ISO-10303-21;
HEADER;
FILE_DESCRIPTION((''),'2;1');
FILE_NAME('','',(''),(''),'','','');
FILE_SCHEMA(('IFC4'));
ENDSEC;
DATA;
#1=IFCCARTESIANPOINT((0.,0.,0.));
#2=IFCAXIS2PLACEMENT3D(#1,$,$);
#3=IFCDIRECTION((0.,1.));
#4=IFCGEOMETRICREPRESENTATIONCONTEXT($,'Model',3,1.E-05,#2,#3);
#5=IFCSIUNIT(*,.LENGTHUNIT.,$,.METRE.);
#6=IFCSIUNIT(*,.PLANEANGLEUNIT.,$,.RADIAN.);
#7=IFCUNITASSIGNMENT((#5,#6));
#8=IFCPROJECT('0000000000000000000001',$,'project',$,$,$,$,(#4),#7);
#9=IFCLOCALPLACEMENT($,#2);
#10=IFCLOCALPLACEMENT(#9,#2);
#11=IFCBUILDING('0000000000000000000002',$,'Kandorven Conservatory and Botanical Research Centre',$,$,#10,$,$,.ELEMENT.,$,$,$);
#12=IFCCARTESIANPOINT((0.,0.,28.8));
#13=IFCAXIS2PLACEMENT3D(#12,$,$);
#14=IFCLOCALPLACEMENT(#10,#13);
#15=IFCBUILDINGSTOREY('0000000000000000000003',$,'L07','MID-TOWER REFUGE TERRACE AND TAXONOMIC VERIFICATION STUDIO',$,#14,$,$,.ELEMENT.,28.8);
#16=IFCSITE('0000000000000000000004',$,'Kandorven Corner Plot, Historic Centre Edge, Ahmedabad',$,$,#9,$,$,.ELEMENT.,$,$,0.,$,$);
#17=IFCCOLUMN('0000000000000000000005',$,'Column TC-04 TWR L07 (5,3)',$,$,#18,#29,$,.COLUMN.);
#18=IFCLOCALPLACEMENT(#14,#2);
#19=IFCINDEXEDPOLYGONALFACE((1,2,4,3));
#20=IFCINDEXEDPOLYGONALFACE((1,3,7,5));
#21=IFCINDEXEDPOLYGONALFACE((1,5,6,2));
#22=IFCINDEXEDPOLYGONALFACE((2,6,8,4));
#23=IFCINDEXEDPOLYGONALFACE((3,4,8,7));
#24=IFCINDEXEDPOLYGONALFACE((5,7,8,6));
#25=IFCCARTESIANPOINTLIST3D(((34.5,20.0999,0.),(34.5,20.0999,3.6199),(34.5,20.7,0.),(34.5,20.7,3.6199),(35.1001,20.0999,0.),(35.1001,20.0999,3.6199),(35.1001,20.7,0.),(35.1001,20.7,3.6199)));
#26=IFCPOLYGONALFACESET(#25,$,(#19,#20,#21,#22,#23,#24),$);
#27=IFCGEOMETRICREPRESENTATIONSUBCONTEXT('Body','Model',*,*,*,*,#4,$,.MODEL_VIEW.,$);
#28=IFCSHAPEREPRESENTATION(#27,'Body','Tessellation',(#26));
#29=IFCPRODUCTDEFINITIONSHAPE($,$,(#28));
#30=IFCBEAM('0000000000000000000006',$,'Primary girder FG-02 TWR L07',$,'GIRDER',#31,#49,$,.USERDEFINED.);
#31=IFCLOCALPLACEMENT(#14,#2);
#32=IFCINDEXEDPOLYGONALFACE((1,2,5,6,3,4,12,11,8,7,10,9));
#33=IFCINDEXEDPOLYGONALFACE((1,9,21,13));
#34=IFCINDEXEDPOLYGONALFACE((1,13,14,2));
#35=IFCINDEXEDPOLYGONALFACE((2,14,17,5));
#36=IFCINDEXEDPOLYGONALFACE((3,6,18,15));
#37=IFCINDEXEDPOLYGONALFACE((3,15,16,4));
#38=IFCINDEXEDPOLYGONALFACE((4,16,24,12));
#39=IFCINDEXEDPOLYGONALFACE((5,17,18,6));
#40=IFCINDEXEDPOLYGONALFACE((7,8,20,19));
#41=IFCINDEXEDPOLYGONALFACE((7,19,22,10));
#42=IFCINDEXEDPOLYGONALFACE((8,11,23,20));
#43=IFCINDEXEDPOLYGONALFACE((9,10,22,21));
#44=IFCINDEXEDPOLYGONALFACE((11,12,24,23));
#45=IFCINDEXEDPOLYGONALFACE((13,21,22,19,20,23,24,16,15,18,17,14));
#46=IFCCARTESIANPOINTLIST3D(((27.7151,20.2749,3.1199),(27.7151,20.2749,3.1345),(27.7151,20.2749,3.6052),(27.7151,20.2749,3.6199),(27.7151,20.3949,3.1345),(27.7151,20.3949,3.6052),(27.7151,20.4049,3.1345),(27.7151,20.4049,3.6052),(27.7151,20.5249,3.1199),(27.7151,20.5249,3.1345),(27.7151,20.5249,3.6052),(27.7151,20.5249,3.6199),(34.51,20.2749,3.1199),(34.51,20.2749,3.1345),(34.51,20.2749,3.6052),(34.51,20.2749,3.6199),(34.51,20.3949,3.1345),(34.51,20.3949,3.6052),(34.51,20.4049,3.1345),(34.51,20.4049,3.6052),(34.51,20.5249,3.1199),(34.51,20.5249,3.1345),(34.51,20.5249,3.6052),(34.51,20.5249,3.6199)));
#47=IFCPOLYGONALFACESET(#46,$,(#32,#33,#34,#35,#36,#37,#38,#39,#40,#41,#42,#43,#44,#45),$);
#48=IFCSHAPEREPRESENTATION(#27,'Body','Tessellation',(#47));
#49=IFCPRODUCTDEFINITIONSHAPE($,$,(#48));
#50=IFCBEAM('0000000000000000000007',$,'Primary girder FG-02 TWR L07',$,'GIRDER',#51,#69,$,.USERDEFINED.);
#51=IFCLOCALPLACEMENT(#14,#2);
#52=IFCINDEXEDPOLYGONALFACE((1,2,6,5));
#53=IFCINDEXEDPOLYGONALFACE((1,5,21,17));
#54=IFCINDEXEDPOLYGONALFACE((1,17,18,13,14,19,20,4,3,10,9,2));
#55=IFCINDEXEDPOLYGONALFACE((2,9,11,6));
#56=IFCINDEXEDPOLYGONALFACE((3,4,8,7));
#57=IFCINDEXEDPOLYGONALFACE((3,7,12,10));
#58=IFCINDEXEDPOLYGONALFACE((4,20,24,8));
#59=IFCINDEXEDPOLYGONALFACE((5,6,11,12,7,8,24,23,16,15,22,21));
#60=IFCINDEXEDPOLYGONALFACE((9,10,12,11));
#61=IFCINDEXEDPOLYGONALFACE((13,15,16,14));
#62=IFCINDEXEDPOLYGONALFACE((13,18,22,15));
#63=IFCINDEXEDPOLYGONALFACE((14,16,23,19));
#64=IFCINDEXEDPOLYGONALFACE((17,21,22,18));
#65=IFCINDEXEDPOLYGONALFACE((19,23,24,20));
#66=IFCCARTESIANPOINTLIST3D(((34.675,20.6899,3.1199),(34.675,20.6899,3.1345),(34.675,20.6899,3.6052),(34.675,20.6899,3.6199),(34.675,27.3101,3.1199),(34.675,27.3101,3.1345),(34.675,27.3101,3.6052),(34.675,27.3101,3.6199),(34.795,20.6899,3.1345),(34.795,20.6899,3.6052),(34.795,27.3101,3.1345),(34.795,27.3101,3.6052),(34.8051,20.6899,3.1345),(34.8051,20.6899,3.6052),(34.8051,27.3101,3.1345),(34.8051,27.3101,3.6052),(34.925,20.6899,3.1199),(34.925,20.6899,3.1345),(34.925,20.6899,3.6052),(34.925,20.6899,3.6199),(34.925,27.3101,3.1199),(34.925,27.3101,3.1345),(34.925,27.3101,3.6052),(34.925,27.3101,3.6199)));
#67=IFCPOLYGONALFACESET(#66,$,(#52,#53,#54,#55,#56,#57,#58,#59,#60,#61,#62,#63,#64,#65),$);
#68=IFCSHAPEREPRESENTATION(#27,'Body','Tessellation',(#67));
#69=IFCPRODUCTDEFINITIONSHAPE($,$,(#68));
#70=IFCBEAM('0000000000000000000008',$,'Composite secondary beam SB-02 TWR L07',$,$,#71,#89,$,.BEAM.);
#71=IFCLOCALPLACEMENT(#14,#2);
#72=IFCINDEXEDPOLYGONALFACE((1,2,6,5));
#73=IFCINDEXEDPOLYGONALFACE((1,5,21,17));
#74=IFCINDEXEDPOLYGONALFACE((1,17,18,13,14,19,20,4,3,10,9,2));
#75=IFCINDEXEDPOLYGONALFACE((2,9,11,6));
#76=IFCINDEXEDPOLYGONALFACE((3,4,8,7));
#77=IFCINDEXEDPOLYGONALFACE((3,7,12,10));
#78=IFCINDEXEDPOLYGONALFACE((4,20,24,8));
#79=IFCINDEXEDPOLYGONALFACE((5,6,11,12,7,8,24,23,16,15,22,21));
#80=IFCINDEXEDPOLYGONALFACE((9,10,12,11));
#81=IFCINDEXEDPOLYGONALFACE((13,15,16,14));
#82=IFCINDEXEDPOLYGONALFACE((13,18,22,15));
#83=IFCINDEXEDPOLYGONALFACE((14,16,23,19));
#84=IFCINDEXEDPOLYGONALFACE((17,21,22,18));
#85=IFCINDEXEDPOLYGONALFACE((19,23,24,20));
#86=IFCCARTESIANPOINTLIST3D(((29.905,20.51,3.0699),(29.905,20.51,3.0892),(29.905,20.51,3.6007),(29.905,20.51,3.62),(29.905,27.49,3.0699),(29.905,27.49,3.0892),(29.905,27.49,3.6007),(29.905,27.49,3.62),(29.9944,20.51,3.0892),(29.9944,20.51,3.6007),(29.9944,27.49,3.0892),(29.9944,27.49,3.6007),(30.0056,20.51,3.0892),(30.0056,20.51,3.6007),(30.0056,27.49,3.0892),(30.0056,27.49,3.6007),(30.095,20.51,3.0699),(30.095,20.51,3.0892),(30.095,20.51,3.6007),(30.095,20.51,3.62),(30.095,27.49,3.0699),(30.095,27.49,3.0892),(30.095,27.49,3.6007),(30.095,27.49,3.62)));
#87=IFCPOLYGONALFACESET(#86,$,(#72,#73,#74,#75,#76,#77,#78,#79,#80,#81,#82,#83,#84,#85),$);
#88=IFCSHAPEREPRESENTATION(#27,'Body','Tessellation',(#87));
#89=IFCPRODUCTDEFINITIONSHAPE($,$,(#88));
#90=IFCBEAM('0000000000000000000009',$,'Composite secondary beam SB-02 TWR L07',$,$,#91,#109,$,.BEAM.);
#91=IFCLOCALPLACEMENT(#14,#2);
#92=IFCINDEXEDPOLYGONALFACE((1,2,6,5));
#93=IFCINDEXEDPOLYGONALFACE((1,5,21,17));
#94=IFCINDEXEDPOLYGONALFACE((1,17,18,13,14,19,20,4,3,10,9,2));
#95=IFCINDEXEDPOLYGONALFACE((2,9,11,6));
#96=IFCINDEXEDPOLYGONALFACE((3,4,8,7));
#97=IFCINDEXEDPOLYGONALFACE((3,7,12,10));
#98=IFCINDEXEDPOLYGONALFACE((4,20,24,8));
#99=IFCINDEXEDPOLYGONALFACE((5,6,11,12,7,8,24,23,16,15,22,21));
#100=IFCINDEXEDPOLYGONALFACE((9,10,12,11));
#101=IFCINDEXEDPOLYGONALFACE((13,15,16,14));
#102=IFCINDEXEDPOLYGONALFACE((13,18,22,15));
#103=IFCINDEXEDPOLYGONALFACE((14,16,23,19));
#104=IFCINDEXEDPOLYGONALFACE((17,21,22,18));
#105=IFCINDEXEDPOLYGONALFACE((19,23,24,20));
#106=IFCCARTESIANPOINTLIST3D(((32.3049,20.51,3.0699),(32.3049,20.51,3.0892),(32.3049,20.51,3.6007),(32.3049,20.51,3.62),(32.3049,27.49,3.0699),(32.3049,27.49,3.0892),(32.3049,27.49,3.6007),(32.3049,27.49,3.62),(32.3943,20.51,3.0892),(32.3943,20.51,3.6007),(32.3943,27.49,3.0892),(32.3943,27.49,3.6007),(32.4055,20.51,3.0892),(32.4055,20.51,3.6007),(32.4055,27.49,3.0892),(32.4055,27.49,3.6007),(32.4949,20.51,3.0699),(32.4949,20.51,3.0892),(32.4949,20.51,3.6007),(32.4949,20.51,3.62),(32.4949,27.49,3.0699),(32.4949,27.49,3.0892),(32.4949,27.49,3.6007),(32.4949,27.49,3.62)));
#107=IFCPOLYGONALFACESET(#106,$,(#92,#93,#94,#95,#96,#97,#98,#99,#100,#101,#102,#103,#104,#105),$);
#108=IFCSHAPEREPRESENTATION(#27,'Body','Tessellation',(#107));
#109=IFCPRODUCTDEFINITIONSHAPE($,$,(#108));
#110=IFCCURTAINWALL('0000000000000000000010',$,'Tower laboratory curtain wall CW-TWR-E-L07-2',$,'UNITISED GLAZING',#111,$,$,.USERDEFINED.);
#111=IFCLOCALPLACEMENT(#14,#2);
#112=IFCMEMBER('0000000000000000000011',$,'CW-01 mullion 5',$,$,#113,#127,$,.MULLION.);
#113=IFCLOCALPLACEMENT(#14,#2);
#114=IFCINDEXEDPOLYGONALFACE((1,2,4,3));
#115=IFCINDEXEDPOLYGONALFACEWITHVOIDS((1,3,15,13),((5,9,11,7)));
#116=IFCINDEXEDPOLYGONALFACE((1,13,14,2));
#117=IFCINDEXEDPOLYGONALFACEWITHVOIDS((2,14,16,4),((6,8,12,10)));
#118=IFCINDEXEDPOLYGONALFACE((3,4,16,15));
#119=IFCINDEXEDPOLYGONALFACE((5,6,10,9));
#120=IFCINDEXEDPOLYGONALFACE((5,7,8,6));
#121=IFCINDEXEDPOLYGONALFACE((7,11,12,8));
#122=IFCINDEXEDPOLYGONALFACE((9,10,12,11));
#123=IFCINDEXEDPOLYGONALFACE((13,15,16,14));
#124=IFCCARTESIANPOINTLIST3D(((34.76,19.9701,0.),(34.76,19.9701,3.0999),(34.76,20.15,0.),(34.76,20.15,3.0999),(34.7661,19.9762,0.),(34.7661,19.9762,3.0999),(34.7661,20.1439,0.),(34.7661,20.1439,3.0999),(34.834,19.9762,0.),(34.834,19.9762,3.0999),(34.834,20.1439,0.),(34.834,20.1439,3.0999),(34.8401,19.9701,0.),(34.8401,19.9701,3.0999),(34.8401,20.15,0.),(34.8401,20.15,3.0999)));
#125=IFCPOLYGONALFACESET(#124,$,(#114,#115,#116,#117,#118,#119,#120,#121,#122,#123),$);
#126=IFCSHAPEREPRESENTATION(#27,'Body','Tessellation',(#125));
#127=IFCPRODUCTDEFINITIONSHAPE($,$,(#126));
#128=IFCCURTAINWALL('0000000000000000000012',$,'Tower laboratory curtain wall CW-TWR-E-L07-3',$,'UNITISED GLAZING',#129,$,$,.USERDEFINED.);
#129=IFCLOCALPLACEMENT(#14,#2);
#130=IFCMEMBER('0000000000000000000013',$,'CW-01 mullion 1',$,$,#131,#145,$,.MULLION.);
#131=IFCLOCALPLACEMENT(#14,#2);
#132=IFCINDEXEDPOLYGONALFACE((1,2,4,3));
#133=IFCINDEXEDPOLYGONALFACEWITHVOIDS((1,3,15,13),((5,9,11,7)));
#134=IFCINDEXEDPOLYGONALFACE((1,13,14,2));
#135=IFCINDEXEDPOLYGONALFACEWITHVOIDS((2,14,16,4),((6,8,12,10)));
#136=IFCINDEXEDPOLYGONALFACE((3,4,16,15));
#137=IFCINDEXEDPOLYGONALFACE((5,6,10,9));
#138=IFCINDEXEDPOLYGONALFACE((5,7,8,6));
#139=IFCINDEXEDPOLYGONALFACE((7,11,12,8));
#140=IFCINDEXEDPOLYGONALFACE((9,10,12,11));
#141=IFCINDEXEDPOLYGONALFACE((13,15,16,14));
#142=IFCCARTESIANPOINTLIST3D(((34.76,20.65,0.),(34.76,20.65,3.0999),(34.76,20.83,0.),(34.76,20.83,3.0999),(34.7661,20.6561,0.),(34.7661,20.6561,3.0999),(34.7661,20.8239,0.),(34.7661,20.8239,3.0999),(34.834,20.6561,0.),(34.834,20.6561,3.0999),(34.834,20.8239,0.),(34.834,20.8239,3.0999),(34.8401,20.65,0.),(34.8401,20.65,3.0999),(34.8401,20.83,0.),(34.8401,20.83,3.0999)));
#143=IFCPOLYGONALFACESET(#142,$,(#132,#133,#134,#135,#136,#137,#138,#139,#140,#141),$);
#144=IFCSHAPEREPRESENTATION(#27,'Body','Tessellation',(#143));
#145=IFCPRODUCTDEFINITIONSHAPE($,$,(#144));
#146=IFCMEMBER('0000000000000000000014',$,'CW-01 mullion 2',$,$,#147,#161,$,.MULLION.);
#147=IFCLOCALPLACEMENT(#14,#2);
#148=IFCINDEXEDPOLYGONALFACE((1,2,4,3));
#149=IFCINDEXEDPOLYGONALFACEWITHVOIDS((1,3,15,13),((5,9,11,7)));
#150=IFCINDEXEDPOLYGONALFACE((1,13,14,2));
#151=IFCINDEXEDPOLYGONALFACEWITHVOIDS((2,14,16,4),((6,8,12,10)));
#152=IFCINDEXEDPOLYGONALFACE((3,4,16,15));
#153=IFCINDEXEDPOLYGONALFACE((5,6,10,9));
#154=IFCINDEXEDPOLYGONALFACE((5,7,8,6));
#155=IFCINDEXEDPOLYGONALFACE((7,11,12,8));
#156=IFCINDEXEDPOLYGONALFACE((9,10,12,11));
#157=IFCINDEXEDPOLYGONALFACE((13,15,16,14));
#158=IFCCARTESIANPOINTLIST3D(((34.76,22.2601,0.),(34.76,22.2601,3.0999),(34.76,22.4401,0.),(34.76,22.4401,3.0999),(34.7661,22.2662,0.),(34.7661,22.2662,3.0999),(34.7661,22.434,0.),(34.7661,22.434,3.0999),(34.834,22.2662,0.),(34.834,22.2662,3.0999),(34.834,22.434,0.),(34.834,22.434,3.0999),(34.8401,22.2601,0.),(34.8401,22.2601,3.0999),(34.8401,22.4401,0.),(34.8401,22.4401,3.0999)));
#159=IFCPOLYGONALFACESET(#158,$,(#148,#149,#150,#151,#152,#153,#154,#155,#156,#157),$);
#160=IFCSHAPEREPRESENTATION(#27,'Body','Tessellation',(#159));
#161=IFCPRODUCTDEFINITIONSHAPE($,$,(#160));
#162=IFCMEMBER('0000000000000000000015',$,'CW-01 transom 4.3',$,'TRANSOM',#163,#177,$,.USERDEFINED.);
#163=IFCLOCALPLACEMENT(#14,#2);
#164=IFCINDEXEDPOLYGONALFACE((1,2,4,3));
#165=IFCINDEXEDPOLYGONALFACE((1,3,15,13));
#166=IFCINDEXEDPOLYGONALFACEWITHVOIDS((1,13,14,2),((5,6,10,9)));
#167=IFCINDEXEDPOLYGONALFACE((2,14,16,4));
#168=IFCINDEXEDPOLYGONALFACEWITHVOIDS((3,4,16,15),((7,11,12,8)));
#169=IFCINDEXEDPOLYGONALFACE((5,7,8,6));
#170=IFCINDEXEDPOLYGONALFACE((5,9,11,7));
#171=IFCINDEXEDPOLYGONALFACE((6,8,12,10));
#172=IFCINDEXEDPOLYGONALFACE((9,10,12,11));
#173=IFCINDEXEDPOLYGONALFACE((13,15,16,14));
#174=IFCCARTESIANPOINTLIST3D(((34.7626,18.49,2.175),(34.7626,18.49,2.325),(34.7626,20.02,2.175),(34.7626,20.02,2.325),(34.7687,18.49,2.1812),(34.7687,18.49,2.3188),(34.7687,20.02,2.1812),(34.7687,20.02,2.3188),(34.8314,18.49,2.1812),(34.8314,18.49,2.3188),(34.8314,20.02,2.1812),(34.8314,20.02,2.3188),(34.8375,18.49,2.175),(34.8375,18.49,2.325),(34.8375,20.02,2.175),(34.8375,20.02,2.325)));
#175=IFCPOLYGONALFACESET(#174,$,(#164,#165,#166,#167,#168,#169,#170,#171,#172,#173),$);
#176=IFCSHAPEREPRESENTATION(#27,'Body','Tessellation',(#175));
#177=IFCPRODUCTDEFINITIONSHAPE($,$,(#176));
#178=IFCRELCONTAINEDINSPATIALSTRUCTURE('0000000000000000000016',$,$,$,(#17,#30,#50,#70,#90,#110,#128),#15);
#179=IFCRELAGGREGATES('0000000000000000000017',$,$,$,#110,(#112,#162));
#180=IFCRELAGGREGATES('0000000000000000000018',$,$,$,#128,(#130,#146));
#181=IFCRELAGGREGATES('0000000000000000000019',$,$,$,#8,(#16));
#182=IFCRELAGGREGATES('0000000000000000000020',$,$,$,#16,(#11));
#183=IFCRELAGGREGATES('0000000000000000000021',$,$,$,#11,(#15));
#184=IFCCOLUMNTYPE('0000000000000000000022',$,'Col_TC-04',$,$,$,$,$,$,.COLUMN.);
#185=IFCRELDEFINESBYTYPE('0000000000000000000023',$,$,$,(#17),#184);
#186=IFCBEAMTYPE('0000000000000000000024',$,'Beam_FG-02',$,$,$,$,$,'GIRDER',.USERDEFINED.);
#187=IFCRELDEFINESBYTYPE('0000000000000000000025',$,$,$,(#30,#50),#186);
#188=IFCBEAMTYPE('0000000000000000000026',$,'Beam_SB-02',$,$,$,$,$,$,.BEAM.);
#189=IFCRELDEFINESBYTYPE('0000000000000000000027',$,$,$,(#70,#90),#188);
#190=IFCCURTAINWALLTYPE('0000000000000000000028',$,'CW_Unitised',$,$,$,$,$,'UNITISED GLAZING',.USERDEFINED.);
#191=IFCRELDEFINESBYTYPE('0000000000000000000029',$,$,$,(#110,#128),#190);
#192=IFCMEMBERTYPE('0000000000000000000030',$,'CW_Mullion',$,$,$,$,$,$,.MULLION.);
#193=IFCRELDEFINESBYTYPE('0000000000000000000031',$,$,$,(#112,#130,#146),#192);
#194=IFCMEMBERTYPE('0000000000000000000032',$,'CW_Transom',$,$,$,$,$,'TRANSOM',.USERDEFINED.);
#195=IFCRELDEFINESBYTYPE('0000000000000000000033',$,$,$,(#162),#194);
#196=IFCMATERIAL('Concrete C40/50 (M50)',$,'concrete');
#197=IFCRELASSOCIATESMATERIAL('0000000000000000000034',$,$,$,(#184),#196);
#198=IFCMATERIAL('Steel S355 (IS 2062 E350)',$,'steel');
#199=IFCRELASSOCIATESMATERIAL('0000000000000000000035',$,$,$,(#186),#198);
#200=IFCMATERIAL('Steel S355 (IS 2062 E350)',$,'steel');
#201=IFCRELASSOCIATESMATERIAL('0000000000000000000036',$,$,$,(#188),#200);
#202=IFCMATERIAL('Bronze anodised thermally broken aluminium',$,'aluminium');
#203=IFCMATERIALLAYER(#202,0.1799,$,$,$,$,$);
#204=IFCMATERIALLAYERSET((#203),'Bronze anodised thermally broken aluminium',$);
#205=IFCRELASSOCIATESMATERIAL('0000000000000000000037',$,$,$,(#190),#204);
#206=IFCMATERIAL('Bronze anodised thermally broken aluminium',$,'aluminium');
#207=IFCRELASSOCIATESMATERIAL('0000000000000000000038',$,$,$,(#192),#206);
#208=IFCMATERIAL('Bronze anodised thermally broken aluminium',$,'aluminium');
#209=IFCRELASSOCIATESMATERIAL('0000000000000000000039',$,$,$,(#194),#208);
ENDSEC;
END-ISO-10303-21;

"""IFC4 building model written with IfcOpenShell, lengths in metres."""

from ifc_helpers import new_model, si_unit, direction, frame, origin, origin_2d, place, context, subcontext, project, spatial, rectangle, hollow_rectangle, i_section, extrude, material, layer, layer_set, material_profile, profile_set, type_object, element, aggregate, save


model = new_model("IFC4")

# Units and contexts
model_context = context("Model", 3, precision=1e-05, world=origin(), true_north=direction((0.0, 1.0)))
body_context = subcontext(model_context, "Body", "Model", "MODEL_VIEW")
ifc_project = project(units=[si_unit("LENGTHUNIT", "METRE"), si_unit("PLANEANGLEUNIT", "RADIAN")], contexts=[model_context])

# Site, building, storey
site_placement = place(None, origin())
site = spatial("IfcSite", under=ifc_project, at=site_placement, Name="Kandorven Corner Plot, Historic Centre Edge, Ahmedabad", CompositionType="ELEMENT", RefElevation=0.0)
building_placement = place(site_placement, origin())
building = spatial("IfcBuilding", under=site, at=building_placement, Name="Kandorven Conservatory and Botanical Research Centre", CompositionType="ELEMENT")
storey_placement = place(building_placement, frame((0.0, 0.0, 28.8)))
storey = spatial("IfcBuildingStorey", under=building, at=storey_placement, Name="L07", Description="MID-TOWER REFUGE TERRACE AND TAXONOMIC VERIFICATION STUDIO", CompositionType="ELEMENT", Elevation=28.8)

# Column
ifc_material_1 = material(Name="Concrete C40/50 (M50)", Category="concrete")
ifc_material_profile_1 = material_profile(ifc_material_1, rectangle(XDim=0.6001, YDim=0.6001, at=origin_2d()))
ifc_profile_set_1 = profile_set([ifc_material_profile_1], Name="Concrete C40/50 (M50)")
column_type = type_object("IfcColumnType", Name="Col_TC-04", PredefinedType="COLUMN", material=ifc_profile_set_1)
column_placement = place(storey_placement, frame((34.8, 20.3999, 0.0), z_axis=(0.0, 0.0, 1.0), x_axis=(1.0, 0.0, 0.0)))
element("IfcColumn", 1, at=column_placement, inside=storey, type_object=column_type, Name="Column TC-04 TWR L07 (5,3)", PredefinedType="COLUMN", context=body_context, shape_type="SweptSolid", body=[
    extrude(rectangle(XDim=0.6001, YDim=0.6001, at=origin_2d()), origin(), (0.0, 0.0, 1.0), 3.6199),
])

# Beams
ifc_material_2 = material(Name="Steel S355 (IS 2062 E350)", Category="steel")
ifc_material_profile_2 = material_profile(ifc_material_2, i_section(OverallWidth=0.25, OverallDepth=0.5, WebThickness=0.01, FlangeThickness=0.0146, at=origin_2d()))
ifc_profile_set_2 = profile_set([ifc_material_profile_2], Name="Steel S355 (IS 2062 E350)")
beam_type_1 = type_object("IfcBeamType", Name="Beam_FG-02", ElementType="GIRDER", PredefinedType="USERDEFINED", material=ifc_profile_set_2)
beam_1_placement = place(storey_placement, frame((27.7151, 20.3999, 3.3699), z_axis=(1.0, 0.0, 0.0), x_axis=(0.0, 1.0, 0.0)))
element("IfcBeam", 2, at=beam_1_placement, inside=storey, type_object=beam_type_1, Name="Primary girder FG-02 TWR L07", ObjectType="GIRDER", PredefinedType="USERDEFINED", context=body_context, shape_type="SweptSolid", body=[
    extrude(i_section(OverallWidth=0.25, OverallDepth=0.5, WebThickness=0.01, FlangeThickness=0.0146, at=origin_2d()), origin(), (0.0, 0.0, 1.0), 6.7949),
])
beam_2_placement = place(storey_placement, frame((34.8, 20.6899, 3.3699), z_axis=(0.0, 1.0, 0.0), x_axis=(-1.0, 0.0, 0.0)))
element("IfcBeam", 3, at=beam_2_placement, inside=storey, type_object=beam_type_1, Name="Primary girder FG-02 TWR L07", ObjectType="GIRDER", PredefinedType="USERDEFINED", context=body_context, shape_type="SweptSolid", body=[
    extrude(i_section(OverallWidth=0.25, OverallDepth=0.5, WebThickness=0.01, FlangeThickness=0.0146, at=origin_2d()), origin(), (0.0, 0.0, 1.0), 6.6201),
])
ifc_material_3 = material(Name="Steel S355 (IS 2062 E350)", Category="steel")
ifc_material_profile_3 = material_profile(ifc_material_3, i_section(OverallWidth=0.1899, OverallDepth=0.55, WebThickness=0.0112, FlangeThickness=0.0193, at=origin_2d()))
ifc_profile_set_3 = profile_set([ifc_material_profile_3], Name="Steel S355 (IS 2062 E350)")
beam_type_2 = type_object("IfcBeamType", Name="Beam_SB-02", PredefinedType="BEAM", material=ifc_profile_set_3)
for number, where, z_axis, x_axis, name in (
    (4, (30.0, 20.51, 3.345), (0.0, 1.0, 0.0), (-1.0, 0.0, 0.0), "Composite secondary beam SB-02 TWR L07"),
    (5, (32.3999, 20.51, 3.345), (0.0, 1.0, 0.0), (-1.0, 0.0, 0.0), "Composite secondary beam SB-02 TWR L07"),
):
    element("IfcBeam", number, at=place(storey_placement, frame(where, z_axis=z_axis, x_axis=x_axis)), inside=storey, type_object=beam_type_2, Name=name, PredefinedType="BEAM", context=body_context, shape_type="SweptSolid", body=[
        extrude(i_section(OverallWidth=0.1899, OverallDepth=0.55, WebThickness=0.0112, FlangeThickness=0.0193, at=origin_2d()), origin(), (0.0, 0.0, 1.0), 6.98),
    ])

# Curtain wall, member
ifc_material_4 = material(Name="Bronze anodised thermally broken aluminium", Category="aluminium")
ifc_layer_1 = layer(ifc_material_4, 0.1799)
ifc_layer_set_1 = layer_set([ifc_layer_1], Name="Bronze anodised thermally broken aluminium")
curtain_wall_type = type_object("IfcCurtainWallType", Name="CW_Unitised", ElementType="UNITISED GLAZING", PredefinedType="USERDEFINED", material=ifc_layer_set_1)
curtain_wall_1_placement = place(storey_placement, origin())
curtain_wall_1 = element("IfcCurtainWall", 6, at=curtain_wall_1_placement, inside=storey, type_object=curtain_wall_type, Name="Tower laboratory curtain wall CW-TWR-E-L07-2", ObjectType="UNITISED GLAZING", PredefinedType="USERDEFINED")
ifc_material_5 = material(Name="Bronze anodised thermally broken aluminium", Category="aluminium")
ifc_material_profile_4 = material_profile(ifc_material_5, hollow_rectangle(XDim=0.0801, YDim=0.1799, WallThickness=0.0061, at=origin_2d()))
ifc_profile_set_4 = profile_set([ifc_material_profile_4], Name="Bronze anodised thermally broken aluminium")
member_type_1 = type_object("IfcMemberType", Name="CW_Mullion", PredefinedType="MULLION", material=ifc_profile_set_4)
member_1_placement = place(storey_placement, frame((34.8, 20.0601, 0.0), z_axis=(0.0, 0.0, 1.0), x_axis=(-1.0, 0.0, 0.0)))
member_1 = element("IfcMember", 7, at=member_1_placement, type_object=member_type_1, Name="CW-01 mullion 5", PredefinedType="MULLION", context=body_context, shape_type="SweptSolid", body=[
    extrude(hollow_rectangle(XDim=0.0801, YDim=0.1799, WallThickness=0.0061, at=origin_2d()), origin(), (0.0, 0.0, 1.0), 3.0999),
])

# Curtain wall, members
curtain_wall_2_placement = place(storey_placement, origin())
curtain_wall_2 = element("IfcCurtainWall", 8, at=curtain_wall_2_placement, inside=storey, type_object=curtain_wall_type, Name="Tower laboratory curtain wall CW-TWR-E-L07-3", ObjectType="UNITISED GLAZING", PredefinedType="USERDEFINED")
member_2_placement = place(storey_placement, frame((34.8, 20.74, 0.0), z_axis=(0.0, 0.0, 1.0), x_axis=(-1.0, 0.0, 0.0)))
member_2 = element("IfcMember", 9, at=member_2_placement, type_object=member_type_1, Name="CW-01 mullion 1", PredefinedType="MULLION", context=body_context, shape_type="SweptSolid", body=[
    extrude(hollow_rectangle(XDim=0.0801, YDim=0.1799, WallThickness=0.0061, at=origin_2d()), origin(), (0.0, 0.0, 1.0), 3.0999),
])
member_3_placement = place(storey_placement, frame((34.8, 22.3501, 0.0), z_axis=(0.0, 0.0, 1.0), x_axis=(-1.0, 0.0, 0.0)))
member_3 = element("IfcMember", 10, at=member_3_placement, type_object=member_type_1, Name="CW-01 mullion 2", PredefinedType="MULLION", context=body_context, shape_type="SweptSolid", body=[
    extrude(hollow_rectangle(XDim=0.0801, YDim=0.1799, WallThickness=0.0061, at=origin_2d()), origin(), (0.0, 0.0, 1.0), 3.0999),
])

# Member
ifc_material_6 = material(Name="Bronze anodised thermally broken aluminium", Category="aluminium")
ifc_material_profile_5 = material_profile(ifc_material_6, hollow_rectangle(XDim=0.075, YDim=0.1499, WallThickness=0.0061, at=origin_2d()))
ifc_profile_set_5 = profile_set([ifc_material_profile_5], Name="Bronze anodised thermally broken aluminium")
member_type_2 = type_object("IfcMemberType", Name="CW_Transom", ElementType="TRANSOM", PredefinedType="USERDEFINED", material=ifc_profile_set_5)
member_4_placement = place(storey_placement, frame((34.8, 18.49, 2.25), z_axis=(0.0, 1.0, 0.0), x_axis=(-1.0, 0.0, 0.0)))
member_4 = element("IfcMember", 11, at=member_4_placement, type_object=member_type_2, Name="CW-01 transom 4.3", ObjectType="TRANSOM", PredefinedType="USERDEFINED", context=body_context, shape_type="SweptSolid", body=[
    extrude(hollow_rectangle(XDim=0.075, YDim=0.1499, WallThickness=0.0061, at=origin_2d()), origin(), (0.0, 0.0, 1.0), 1.53),
])

aggregate(curtain_wall_1, [member_1, member_4])
aggregate(curtain_wall_2, [member_2, member_3])

save(model, "model.ifc")
